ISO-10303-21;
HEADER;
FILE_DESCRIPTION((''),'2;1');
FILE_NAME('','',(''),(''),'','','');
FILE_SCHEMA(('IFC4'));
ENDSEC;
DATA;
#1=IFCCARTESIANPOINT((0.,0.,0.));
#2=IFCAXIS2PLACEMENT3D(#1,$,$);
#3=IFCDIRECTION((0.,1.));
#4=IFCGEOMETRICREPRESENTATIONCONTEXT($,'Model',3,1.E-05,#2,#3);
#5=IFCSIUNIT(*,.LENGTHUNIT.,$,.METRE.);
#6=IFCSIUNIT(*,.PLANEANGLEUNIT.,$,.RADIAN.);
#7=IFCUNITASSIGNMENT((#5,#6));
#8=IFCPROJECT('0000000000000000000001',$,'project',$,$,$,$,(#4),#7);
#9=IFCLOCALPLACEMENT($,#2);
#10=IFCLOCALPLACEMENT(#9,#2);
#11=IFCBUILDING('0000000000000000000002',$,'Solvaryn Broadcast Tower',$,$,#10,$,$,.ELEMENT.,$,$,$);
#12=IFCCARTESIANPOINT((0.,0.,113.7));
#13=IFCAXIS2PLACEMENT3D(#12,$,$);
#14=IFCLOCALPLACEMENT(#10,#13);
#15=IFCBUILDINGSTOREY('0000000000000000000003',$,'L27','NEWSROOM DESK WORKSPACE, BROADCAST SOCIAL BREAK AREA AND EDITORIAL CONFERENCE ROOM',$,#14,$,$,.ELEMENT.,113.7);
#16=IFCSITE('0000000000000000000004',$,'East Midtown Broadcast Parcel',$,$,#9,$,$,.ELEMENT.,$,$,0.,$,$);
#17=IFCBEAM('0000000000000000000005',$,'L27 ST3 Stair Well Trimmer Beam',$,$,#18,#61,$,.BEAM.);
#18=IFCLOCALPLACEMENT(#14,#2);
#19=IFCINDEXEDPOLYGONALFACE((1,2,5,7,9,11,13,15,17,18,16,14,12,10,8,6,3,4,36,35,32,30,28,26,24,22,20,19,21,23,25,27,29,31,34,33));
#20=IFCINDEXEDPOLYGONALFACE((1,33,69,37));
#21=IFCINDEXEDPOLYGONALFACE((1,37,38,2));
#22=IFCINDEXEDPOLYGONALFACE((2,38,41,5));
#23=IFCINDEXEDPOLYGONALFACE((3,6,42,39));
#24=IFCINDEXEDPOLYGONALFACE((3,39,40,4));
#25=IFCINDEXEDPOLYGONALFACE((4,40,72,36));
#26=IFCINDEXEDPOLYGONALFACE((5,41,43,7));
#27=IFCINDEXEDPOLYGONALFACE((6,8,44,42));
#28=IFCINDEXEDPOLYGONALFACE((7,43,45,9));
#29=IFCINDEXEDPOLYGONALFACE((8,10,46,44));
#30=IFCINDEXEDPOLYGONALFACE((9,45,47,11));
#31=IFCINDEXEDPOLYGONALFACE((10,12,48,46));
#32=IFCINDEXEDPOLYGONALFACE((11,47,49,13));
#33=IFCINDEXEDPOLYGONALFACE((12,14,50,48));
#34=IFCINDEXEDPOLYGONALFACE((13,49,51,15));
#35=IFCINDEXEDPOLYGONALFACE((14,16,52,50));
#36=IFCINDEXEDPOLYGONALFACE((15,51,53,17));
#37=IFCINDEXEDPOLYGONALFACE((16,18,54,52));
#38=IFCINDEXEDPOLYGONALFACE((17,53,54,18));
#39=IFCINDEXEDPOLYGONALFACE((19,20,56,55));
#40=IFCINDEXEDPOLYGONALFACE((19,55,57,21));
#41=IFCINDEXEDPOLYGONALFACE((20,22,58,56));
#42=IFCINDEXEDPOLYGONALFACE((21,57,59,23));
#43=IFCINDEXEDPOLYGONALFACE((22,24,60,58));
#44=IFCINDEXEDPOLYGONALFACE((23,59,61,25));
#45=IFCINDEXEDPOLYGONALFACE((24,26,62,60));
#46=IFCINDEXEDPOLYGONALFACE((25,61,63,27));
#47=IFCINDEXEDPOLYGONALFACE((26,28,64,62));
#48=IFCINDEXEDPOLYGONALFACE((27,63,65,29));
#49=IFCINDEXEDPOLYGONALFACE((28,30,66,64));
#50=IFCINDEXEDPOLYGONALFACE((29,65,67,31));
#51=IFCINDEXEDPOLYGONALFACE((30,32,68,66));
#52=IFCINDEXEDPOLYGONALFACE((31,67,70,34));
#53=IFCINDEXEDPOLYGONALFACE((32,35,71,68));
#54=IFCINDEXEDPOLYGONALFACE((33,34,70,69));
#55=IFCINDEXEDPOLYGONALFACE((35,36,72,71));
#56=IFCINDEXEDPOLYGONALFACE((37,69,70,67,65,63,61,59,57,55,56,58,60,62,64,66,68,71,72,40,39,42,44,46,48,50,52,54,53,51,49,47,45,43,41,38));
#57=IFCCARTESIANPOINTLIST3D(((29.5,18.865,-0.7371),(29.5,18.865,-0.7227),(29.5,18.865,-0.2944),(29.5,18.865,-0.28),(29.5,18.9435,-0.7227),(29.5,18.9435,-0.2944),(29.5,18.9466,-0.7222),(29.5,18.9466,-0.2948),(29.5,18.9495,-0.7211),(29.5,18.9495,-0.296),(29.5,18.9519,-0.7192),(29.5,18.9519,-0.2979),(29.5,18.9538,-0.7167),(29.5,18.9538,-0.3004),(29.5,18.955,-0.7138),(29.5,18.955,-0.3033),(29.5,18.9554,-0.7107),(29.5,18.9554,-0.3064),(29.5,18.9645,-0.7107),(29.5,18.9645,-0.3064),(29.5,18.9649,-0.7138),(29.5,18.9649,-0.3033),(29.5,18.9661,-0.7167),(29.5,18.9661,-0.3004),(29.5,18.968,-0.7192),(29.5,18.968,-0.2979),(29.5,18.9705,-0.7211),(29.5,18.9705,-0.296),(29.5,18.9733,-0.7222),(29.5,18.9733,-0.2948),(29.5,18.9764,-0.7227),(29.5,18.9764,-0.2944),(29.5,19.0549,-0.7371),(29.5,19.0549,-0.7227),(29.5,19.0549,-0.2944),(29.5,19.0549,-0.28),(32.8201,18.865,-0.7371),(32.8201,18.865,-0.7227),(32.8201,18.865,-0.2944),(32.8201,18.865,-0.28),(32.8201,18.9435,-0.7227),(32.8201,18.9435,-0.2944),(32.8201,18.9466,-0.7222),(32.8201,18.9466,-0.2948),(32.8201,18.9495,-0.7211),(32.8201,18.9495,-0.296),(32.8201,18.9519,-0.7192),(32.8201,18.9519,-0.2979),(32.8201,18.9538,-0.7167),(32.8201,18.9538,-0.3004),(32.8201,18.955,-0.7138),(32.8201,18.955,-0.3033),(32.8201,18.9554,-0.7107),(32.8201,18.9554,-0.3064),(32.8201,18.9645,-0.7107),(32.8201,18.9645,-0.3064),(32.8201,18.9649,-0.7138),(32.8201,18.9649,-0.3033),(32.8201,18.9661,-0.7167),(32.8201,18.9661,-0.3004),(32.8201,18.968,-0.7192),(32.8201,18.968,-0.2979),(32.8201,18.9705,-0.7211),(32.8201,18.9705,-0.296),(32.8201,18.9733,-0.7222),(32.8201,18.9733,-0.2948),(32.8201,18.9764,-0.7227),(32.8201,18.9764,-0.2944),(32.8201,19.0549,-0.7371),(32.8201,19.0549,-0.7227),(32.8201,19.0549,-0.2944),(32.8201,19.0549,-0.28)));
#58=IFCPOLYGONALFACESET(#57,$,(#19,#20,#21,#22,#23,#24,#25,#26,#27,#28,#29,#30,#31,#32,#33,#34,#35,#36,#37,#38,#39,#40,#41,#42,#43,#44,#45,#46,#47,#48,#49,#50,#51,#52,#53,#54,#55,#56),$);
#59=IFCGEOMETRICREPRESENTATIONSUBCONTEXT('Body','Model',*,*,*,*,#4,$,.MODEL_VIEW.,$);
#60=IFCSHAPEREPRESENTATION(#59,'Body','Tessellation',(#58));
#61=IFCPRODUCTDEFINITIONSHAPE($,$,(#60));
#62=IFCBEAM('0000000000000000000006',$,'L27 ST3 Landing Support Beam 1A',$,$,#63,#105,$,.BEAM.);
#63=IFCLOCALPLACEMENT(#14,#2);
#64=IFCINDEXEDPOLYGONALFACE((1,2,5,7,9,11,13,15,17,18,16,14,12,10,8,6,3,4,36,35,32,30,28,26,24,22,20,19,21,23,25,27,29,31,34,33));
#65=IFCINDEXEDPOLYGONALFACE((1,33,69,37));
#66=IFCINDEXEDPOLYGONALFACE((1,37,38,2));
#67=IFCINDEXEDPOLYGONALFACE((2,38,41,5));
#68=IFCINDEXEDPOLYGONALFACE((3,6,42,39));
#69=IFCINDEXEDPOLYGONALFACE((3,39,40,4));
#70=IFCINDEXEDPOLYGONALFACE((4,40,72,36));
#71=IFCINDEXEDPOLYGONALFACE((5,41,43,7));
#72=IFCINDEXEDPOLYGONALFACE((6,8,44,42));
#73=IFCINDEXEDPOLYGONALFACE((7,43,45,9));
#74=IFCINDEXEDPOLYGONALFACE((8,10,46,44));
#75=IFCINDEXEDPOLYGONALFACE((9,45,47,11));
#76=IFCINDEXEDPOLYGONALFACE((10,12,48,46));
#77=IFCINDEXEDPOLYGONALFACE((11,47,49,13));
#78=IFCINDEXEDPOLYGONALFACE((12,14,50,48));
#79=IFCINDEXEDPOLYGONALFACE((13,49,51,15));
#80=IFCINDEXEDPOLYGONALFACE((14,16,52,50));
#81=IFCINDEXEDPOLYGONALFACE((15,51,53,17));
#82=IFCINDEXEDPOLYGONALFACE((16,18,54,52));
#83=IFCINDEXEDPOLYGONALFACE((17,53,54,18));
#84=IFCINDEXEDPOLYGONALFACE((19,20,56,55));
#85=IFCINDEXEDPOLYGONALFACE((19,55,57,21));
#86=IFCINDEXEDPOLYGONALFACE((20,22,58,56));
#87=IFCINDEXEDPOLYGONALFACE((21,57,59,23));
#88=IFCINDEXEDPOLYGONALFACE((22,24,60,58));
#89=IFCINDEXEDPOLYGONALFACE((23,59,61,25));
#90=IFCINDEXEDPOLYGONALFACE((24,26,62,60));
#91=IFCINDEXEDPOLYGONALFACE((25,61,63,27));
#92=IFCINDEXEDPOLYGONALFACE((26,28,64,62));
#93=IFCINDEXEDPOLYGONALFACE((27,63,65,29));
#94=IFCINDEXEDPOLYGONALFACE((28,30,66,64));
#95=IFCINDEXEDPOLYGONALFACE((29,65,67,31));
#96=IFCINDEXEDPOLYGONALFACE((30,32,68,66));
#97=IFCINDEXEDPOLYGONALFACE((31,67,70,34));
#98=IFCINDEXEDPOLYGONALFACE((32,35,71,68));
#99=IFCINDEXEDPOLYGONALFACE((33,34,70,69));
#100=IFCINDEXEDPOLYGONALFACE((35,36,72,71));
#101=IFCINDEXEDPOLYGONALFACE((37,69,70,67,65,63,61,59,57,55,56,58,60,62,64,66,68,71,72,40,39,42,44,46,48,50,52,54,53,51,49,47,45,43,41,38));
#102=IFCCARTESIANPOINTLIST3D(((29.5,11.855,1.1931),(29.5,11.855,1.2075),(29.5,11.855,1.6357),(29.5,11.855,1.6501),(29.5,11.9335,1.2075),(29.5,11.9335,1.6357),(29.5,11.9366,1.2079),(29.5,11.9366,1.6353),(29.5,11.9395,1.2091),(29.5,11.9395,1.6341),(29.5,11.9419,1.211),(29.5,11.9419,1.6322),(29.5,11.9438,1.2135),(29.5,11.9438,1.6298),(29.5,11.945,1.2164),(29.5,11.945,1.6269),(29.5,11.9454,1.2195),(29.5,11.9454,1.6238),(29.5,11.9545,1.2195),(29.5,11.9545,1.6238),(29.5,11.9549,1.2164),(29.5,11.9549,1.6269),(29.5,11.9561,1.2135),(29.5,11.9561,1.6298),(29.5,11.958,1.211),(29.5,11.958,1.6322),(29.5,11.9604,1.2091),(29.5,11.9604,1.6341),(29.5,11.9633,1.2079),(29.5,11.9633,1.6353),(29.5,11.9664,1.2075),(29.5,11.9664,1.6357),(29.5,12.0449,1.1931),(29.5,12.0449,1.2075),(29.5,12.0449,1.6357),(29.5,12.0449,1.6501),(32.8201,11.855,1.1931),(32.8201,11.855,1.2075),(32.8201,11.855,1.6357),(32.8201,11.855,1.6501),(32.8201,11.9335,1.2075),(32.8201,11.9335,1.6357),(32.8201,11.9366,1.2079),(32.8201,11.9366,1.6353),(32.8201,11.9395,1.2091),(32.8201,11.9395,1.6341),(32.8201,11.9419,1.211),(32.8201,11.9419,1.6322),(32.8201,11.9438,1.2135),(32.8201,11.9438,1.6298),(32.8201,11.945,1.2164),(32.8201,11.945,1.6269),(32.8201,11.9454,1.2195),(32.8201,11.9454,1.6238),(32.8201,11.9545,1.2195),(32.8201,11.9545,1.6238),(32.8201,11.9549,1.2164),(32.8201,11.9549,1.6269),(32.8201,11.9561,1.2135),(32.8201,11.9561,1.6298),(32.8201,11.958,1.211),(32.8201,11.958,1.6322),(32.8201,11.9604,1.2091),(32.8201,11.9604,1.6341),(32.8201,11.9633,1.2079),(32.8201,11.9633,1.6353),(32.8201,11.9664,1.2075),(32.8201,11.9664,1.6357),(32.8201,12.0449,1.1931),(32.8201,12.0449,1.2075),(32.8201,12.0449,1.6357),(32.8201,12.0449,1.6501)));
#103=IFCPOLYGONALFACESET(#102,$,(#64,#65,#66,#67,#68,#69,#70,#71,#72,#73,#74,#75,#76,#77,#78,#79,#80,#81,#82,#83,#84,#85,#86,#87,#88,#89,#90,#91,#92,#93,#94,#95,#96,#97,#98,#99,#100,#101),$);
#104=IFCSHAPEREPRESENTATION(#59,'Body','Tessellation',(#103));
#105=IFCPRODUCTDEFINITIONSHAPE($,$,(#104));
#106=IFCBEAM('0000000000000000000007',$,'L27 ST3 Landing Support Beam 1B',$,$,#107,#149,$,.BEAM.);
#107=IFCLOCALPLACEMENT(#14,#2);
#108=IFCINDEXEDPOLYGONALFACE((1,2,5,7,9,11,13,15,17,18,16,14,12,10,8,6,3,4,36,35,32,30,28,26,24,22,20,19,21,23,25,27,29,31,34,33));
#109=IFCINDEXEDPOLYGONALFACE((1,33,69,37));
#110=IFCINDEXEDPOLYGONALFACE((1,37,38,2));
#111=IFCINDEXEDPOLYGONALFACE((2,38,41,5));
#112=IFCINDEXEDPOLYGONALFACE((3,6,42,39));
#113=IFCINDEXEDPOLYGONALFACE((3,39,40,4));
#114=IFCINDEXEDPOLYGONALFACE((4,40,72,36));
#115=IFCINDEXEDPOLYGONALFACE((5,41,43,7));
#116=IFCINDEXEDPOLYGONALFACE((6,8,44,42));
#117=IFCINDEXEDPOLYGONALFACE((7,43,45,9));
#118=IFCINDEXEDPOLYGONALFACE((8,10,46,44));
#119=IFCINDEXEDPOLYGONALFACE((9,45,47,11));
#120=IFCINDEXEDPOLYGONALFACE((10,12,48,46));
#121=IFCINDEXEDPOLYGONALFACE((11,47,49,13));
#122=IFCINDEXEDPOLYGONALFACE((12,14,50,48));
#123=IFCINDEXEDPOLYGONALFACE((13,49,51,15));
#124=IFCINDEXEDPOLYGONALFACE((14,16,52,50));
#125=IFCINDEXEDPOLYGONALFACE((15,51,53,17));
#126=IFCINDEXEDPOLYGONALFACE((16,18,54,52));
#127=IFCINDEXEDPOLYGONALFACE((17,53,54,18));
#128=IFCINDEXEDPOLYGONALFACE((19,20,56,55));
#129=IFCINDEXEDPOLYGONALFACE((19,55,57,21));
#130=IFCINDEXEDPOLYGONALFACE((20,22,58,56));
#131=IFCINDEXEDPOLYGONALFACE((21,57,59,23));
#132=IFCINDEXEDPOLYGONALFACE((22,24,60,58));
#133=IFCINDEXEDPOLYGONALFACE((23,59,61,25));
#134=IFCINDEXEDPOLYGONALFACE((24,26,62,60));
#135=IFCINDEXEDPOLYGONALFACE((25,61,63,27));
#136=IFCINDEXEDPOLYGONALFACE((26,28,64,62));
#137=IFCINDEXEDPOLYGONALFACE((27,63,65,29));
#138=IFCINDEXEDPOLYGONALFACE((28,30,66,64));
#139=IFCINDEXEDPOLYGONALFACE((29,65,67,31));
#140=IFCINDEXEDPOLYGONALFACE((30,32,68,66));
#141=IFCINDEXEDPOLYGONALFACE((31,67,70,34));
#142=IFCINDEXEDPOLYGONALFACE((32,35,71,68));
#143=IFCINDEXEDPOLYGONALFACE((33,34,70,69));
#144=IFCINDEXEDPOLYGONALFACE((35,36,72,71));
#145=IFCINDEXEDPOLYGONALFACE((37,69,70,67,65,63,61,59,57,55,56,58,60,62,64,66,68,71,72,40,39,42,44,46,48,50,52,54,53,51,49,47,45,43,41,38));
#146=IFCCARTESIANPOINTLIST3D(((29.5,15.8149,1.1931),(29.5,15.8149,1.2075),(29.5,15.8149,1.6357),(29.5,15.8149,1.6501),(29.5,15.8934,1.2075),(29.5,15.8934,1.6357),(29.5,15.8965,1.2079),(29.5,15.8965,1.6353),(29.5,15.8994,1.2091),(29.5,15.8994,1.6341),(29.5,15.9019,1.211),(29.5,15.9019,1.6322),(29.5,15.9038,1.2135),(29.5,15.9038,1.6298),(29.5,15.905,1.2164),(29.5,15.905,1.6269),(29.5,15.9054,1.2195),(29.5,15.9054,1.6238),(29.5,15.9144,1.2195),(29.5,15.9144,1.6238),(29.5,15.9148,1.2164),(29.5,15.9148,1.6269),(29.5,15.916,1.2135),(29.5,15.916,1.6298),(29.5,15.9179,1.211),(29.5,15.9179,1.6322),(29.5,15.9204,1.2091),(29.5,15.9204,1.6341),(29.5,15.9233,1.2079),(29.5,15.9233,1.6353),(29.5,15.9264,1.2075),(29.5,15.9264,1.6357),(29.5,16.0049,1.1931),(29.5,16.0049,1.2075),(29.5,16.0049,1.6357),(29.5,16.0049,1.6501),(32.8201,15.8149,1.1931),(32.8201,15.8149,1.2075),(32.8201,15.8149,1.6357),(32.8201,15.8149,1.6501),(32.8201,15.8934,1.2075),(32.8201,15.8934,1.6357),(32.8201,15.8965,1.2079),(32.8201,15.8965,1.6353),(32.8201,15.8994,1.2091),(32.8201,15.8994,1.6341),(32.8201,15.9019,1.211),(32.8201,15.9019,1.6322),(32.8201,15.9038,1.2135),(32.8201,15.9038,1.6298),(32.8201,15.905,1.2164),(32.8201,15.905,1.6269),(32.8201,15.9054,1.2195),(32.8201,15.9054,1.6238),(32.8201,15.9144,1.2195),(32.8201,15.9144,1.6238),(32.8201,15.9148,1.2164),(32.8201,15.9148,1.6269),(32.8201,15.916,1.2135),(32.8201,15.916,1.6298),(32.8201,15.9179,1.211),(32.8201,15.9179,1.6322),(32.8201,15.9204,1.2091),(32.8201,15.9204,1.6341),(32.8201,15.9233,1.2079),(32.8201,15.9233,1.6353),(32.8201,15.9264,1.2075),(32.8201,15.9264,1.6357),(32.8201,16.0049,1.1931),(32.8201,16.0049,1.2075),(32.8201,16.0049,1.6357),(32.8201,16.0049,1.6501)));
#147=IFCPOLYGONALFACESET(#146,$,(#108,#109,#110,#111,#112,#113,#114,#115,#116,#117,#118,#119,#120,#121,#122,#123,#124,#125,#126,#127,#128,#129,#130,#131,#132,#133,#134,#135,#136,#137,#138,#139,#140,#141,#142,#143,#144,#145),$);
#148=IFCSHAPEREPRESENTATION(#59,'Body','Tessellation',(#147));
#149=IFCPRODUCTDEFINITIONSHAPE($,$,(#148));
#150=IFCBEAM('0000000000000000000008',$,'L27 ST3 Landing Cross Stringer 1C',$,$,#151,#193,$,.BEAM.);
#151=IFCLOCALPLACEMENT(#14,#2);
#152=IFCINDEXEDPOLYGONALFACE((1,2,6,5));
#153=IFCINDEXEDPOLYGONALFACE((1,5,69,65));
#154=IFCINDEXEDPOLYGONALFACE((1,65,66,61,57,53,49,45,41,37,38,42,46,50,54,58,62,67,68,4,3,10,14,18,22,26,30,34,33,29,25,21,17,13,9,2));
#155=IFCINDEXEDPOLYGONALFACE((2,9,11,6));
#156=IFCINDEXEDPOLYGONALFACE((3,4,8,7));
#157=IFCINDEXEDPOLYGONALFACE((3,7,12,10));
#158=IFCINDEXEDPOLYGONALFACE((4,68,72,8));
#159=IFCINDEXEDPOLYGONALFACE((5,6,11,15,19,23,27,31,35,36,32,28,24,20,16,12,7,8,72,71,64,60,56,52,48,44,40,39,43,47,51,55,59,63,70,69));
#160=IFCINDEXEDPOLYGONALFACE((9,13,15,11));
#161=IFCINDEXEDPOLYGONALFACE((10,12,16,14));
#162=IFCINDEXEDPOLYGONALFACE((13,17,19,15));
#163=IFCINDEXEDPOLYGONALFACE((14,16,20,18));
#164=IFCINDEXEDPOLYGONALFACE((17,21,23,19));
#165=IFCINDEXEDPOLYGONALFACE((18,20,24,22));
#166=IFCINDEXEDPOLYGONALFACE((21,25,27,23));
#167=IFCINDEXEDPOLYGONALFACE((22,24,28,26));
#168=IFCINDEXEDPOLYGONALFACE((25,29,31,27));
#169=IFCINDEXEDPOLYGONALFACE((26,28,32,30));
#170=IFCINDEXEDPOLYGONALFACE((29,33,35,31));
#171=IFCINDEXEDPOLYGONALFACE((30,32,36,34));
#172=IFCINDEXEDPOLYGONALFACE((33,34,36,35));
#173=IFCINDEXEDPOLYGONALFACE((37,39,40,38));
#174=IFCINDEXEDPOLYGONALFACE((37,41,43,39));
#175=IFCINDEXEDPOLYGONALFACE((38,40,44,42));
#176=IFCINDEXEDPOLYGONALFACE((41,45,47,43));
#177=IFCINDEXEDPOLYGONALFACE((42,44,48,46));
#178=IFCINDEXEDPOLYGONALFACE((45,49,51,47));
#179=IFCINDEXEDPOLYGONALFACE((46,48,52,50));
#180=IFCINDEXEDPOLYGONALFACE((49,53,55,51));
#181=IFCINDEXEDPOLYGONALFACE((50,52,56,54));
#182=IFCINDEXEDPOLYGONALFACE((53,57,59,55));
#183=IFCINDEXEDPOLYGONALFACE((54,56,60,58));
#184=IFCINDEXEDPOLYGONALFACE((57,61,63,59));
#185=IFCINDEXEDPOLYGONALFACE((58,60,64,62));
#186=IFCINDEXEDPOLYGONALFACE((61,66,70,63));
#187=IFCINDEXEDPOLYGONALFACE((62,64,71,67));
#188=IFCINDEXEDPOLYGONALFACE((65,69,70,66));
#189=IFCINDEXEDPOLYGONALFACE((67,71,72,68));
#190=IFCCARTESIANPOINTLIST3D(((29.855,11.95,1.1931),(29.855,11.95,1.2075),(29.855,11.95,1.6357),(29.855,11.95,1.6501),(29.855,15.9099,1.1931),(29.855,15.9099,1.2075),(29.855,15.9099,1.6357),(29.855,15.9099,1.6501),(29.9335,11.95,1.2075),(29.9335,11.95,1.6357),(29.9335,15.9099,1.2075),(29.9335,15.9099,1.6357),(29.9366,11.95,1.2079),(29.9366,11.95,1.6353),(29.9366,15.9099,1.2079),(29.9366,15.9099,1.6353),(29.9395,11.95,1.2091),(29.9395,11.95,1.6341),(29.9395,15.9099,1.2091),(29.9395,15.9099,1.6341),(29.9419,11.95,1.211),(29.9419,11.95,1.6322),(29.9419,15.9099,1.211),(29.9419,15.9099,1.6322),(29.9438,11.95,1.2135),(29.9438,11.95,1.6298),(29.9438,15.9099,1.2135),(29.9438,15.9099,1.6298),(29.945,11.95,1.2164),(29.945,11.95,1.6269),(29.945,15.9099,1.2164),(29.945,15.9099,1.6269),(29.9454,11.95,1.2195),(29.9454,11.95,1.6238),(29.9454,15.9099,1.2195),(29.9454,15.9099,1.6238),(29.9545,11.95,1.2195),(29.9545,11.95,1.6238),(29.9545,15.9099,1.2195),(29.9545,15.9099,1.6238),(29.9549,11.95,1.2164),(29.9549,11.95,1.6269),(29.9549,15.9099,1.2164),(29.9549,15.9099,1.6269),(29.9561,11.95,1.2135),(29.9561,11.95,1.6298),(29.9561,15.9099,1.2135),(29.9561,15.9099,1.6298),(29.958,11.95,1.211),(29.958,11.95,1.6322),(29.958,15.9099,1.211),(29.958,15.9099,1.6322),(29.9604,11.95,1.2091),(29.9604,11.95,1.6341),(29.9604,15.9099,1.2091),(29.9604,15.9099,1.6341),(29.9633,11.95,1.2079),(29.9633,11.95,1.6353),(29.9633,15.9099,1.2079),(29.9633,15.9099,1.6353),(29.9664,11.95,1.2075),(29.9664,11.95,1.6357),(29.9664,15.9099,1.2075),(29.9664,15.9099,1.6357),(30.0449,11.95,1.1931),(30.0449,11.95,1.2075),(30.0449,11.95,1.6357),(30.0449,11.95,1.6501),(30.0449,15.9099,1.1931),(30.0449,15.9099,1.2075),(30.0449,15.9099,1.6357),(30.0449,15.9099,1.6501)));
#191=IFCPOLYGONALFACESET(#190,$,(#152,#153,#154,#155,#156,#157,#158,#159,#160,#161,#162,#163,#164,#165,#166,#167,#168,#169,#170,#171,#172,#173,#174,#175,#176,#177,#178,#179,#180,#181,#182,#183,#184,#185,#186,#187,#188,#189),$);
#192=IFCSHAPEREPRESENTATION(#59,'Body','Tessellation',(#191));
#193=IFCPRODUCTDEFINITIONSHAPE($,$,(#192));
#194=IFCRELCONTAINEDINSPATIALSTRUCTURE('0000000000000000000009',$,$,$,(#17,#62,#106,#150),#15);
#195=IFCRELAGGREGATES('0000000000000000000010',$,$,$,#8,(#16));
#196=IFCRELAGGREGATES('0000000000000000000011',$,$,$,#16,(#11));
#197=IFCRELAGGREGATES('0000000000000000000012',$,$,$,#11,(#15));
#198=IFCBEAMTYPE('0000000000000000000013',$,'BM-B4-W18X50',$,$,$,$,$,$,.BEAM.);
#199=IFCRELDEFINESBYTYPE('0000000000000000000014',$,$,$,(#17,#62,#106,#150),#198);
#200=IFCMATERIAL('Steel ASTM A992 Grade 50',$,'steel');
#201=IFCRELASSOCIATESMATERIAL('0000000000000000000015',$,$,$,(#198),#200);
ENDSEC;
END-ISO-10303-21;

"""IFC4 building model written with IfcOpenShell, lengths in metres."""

from ifc_helpers import new_model, si_unit, direction, frame, origin, origin_2d, place, context, subcontext, project, spatial, i_section, extrude, material, material_profile, profile_set, type_object, element, save


model = new_model("IFC4")

# Units and contexts
model_context = context("Model", 3, precision=1e-05, world=origin(), true_north=direction((0.0, 1.0)))
body_context = subcontext(model_context, "Body", "Model", "MODEL_VIEW")
ifc_project = project(units=[si_unit("LENGTHUNIT", "METRE"), si_unit("PLANEANGLEUNIT", "RADIAN")], contexts=[model_context])

# Site, building, storey
site_placement = place(None, origin())
site = spatial("IfcSite", under=ifc_project, at=site_placement, Name="East Midtown Broadcast Parcel", CompositionType="ELEMENT", RefElevation=0.0)
building_placement = place(site_placement, origin())
building = spatial("IfcBuilding", under=site, at=building_placement, Name="Solvaryn Broadcast Tower", CompositionType="ELEMENT")
storey_placement = place(building_placement, frame((0.0, 0.0, 113.7)))
storey = spatial("IfcBuildingStorey", under=building, at=storey_placement, Name="L27", Description="NEWSROOM DESK WORKSPACE, BROADCAST SOCIAL BREAK AREA AND EDITORIAL CONFERENCE ROOM", CompositionType="ELEMENT", Elevation=113.7)

# Beams
ifc_material_1 = material(Name="Steel ASTM A992 Grade 50", Category="steel")
ifc_material_profile_1 = material_profile(ifc_material_1, i_section(OverallWidth=0.1899, OverallDepth=0.457, WebThickness=0.009, FlangeThickness=0.0144, FilletRadius=0.012, at=origin_2d()))
ifc_profile_set_1 = profile_set([ifc_material_profile_1], Name="Steel ASTM A992 Grade 50")
beam_type_1 = type_object("IfcBeamType", Name="BM-B4-W18X50", PredefinedType="BEAM", material=ifc_profile_set_1)
for number, where, z_axis, x_axis, name in (
    (1, (29.5, 18.96, -0.5085), (1.0, 0.0, 0.0), (0.0, 1.0, 0.0), "L27 ST3 Stair Well Trimmer Beam"),
    (2, (29.5, 11.95, 1.4216), (1.0, 0.0, 0.0), (0.0, 1.0, 0.0), "L27 ST3 Landing Support Beam 1A"),
    (3, (29.5, 15.9099, 1.4216), (1.0, 0.0, 0.0), (0.0, 1.0, 0.0), "L27 ST3 Landing Support Beam 1B"),
):
    element("IfcBeam", number, at=place(storey_placement, frame(where, z_axis=z_axis, x_axis=x_axis)), inside=storey, type_object=beam_type_1, Name=name, PredefinedType="BEAM", context=body_context, shape_type="SweptSolid", body=[
        extrude(i_section(OverallWidth=0.1899, OverallDepth=0.457, WebThickness=0.009, FlangeThickness=0.0144, FilletRadius=0.012, at=origin_2d()), origin(), (0.0, 0.0, 1.0), 3.3201),
    ])
beam_1_placement = place(storey_placement, frame((29.95, 11.95, 1.4216), z_axis=(0.0, 1.0, 0.0), x_axis=(-1.0, 0.0, 0.0)))
element("IfcBeam", 4, at=beam_1_placement, inside=storey, type_object=beam_type_1, Name="L27 ST3 Landing Cross Stringer 1C", PredefinedType="BEAM", context=body_context, shape_type="SweptSolid", body=[
    extrude(i_section(OverallWidth=0.1899, OverallDepth=0.457, WebThickness=0.009, FlangeThickness=0.0144, FilletRadius=0.012, at=origin_2d()), origin(), (0.0, 0.0, 1.0), 3.96),
])

save(model, "model.ifc")
